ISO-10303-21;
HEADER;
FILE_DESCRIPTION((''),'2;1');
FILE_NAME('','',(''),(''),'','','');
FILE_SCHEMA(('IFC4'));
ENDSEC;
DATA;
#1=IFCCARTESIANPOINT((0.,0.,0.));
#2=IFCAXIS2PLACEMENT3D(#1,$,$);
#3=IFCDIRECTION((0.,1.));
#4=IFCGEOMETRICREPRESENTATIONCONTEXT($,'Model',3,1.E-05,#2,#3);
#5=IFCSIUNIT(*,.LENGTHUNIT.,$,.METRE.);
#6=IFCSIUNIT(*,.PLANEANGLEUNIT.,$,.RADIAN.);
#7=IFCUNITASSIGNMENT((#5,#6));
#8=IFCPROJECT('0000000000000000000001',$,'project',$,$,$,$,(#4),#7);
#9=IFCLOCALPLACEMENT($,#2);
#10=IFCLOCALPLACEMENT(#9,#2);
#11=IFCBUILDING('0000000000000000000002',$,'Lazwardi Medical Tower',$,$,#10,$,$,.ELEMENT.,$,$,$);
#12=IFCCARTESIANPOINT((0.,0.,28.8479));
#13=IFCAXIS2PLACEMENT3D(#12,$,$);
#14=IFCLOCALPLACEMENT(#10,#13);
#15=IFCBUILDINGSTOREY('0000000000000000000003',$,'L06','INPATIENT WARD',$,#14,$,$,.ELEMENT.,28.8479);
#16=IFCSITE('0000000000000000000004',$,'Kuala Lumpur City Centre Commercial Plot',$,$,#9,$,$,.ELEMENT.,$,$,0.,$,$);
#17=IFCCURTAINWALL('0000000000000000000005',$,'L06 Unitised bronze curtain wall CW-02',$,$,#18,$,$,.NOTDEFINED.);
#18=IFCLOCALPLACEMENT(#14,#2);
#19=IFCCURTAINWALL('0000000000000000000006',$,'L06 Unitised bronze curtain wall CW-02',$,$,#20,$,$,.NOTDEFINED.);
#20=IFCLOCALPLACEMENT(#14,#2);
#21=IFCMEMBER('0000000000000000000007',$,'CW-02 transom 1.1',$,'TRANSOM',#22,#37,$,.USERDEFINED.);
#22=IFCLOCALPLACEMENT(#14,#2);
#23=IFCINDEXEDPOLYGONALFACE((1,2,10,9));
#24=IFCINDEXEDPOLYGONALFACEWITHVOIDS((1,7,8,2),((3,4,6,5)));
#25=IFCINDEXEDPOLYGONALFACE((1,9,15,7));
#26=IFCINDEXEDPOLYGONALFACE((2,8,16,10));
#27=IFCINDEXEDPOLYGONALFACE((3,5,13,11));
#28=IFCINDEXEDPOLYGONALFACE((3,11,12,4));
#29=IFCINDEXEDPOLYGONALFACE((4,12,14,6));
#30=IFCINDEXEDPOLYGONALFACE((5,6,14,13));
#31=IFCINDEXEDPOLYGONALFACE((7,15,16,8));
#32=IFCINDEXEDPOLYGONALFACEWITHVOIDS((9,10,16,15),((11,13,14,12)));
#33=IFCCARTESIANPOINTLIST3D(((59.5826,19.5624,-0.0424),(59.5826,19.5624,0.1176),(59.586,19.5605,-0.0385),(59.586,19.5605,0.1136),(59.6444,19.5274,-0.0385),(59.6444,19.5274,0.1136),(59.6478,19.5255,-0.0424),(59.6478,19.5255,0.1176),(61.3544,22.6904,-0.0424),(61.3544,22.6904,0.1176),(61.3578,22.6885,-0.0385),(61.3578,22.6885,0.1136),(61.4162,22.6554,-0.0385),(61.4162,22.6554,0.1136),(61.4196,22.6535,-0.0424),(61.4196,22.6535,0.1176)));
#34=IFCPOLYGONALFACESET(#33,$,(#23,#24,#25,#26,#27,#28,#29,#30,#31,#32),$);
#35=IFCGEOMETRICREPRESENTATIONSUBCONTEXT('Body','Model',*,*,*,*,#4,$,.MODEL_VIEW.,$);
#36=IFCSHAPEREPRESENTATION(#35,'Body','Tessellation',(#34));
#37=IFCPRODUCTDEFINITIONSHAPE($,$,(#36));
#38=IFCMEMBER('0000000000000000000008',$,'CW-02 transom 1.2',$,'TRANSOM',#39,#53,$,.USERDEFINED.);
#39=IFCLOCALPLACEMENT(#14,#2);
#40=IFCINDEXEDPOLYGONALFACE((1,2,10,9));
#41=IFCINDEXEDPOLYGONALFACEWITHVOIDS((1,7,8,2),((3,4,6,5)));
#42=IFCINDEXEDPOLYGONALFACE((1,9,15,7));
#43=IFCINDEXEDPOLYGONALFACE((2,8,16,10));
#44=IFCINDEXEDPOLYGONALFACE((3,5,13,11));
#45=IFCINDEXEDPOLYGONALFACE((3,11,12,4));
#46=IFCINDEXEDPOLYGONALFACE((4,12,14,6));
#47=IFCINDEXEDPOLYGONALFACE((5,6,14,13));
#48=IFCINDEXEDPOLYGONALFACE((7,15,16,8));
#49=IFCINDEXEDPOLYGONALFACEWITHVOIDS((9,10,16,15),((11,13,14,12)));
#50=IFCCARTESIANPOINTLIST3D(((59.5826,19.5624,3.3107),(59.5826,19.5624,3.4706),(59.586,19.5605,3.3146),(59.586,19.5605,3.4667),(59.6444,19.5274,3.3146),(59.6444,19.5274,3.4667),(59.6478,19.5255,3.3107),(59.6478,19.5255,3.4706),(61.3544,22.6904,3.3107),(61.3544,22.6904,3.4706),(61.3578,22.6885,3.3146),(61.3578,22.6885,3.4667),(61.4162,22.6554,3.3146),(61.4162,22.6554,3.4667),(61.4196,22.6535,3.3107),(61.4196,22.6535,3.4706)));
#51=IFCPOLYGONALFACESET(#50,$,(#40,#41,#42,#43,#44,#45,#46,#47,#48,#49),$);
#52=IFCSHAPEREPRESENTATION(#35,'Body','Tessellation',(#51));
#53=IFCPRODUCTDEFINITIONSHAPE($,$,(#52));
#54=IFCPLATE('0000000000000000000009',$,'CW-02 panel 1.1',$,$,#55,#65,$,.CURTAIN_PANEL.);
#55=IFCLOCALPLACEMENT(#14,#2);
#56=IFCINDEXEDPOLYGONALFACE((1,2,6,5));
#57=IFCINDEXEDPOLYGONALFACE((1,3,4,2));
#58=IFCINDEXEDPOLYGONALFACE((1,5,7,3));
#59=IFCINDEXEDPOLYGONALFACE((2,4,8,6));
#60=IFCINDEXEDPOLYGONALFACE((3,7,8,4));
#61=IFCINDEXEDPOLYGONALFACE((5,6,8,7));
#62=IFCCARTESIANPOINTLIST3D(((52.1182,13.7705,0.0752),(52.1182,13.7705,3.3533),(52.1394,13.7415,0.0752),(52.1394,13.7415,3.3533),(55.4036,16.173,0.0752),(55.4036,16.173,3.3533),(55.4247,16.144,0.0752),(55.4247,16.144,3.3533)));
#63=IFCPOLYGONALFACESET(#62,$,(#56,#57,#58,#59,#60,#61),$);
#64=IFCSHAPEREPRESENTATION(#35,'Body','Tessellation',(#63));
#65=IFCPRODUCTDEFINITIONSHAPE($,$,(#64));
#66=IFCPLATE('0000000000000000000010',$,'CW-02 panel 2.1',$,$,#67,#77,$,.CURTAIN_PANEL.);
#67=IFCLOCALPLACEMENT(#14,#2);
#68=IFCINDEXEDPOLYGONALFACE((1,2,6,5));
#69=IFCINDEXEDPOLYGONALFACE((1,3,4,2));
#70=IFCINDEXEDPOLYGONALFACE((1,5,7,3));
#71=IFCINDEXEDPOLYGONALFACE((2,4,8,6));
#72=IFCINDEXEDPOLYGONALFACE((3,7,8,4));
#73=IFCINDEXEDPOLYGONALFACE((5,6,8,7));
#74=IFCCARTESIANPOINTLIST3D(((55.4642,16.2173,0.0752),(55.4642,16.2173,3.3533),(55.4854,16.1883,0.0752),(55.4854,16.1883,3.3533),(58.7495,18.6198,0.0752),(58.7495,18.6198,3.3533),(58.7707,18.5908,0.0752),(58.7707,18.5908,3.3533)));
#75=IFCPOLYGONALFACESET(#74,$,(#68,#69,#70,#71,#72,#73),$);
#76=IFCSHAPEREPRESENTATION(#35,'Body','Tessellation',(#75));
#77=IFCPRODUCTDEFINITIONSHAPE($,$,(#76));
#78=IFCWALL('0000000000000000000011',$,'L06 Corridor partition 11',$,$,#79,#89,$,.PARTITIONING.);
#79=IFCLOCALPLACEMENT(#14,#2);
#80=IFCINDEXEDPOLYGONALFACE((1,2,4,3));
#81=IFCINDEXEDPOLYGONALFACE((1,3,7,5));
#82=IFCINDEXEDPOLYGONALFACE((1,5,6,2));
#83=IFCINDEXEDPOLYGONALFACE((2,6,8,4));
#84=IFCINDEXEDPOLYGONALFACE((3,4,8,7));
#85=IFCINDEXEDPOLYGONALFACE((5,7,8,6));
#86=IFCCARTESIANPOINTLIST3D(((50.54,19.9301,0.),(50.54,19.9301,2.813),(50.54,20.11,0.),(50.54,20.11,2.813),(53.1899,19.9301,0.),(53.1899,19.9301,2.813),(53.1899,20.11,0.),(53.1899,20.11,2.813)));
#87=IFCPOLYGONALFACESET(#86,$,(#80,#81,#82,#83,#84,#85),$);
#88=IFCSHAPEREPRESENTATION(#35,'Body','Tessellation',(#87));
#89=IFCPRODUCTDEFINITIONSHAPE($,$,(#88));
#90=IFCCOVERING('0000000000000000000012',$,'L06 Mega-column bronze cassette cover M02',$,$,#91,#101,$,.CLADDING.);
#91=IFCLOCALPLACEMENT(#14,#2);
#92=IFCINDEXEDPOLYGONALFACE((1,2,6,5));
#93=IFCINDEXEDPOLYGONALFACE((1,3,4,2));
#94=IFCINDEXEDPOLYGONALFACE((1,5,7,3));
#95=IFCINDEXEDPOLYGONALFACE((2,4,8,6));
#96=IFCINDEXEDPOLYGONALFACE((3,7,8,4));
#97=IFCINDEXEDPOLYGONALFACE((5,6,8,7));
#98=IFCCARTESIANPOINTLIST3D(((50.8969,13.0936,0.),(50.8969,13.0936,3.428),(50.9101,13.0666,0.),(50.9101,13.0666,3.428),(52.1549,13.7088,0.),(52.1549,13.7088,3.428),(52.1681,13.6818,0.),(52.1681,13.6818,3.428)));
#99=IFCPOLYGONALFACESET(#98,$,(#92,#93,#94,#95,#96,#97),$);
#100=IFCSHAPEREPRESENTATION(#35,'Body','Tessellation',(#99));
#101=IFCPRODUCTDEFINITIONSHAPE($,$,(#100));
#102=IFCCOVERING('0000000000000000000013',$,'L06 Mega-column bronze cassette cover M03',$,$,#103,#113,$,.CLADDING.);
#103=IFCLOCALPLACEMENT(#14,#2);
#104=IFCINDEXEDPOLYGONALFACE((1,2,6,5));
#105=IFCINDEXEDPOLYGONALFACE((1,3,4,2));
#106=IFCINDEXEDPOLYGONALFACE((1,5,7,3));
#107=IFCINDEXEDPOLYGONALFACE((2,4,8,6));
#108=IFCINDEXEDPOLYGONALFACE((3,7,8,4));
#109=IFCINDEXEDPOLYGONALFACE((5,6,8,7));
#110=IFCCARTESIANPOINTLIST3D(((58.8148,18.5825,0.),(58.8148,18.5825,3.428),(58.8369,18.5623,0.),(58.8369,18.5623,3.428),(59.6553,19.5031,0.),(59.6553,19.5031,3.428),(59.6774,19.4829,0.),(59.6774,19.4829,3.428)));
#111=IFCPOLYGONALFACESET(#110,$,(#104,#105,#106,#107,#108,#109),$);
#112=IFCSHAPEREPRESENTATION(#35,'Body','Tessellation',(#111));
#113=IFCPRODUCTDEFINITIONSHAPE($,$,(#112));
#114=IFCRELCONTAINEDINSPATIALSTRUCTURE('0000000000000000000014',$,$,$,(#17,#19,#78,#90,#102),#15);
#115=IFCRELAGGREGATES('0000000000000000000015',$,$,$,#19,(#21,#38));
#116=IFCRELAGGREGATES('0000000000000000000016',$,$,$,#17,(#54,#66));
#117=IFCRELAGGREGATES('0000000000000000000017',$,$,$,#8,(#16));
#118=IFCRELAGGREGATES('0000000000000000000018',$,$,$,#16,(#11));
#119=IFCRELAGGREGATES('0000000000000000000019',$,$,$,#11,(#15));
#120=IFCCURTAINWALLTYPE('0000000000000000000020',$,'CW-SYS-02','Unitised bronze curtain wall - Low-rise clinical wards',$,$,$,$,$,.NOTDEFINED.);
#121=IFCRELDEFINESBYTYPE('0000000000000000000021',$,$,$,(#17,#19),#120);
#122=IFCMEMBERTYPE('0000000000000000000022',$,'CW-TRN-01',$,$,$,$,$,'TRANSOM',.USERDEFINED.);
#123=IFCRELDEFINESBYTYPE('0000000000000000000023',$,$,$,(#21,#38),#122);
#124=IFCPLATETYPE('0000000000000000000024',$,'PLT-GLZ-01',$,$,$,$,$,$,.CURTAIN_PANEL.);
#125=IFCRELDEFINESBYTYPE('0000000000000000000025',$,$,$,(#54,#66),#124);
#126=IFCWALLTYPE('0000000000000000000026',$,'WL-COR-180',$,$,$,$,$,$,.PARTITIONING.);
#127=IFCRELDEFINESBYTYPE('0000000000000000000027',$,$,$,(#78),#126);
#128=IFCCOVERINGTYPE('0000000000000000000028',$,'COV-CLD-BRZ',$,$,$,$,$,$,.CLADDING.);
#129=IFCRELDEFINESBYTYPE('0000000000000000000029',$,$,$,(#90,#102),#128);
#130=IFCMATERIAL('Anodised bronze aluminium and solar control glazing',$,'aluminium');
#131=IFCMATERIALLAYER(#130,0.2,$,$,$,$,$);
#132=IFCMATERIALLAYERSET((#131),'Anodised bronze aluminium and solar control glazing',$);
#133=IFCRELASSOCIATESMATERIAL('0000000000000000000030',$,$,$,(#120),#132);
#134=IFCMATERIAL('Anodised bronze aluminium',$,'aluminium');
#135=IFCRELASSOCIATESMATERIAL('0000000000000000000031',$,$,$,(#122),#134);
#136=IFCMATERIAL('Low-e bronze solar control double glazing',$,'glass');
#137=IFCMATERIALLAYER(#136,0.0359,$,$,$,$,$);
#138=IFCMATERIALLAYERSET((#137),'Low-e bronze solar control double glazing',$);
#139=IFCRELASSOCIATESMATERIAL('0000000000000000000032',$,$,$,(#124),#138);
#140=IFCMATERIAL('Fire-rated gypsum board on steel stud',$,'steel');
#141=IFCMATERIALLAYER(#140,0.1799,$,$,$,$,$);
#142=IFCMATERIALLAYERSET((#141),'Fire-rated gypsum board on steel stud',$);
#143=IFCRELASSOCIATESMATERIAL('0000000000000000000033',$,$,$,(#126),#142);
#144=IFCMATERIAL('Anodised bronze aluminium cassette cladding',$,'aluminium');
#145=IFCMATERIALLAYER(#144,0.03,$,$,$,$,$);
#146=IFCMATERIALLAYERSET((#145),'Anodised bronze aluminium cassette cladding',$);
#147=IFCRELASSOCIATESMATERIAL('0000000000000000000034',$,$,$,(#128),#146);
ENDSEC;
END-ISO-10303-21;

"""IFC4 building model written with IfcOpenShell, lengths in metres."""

from ifc_helpers import new_model, si_unit, direction, frame, frame_2d, origin, origin_2d, place, context, subcontext, project, spatial, rectangle, hollow_rectangle, extrude, material, layer, layer_set, material_profile, profile_set, type_object, element, aggregate, save


model = new_model("IFC4")

# Units and contexts
model_context = context("Model", 3, precision=1e-05, world=origin(), true_north=direction((0.0, 1.0)))
body_context = subcontext(model_context, "Body", "Model", "MODEL_VIEW")
ifc_project = project(units=[si_unit("LENGTHUNIT", "METRE"), si_unit("PLANEANGLEUNIT", "RADIAN")], contexts=[model_context])

# Site, building, storey
site_placement = place(None, origin())
site = spatial("IfcSite", under=ifc_project, at=site_placement, Name="Kuala Lumpur City Centre Commercial Plot", CompositionType="ELEMENT", RefElevation=0.0)
building_placement = place(site_placement, origin())
building = spatial("IfcBuilding", under=site, at=building_placement, Name="Lazwardi Medical Tower", CompositionType="ELEMENT")
storey_placement = place(building_placement, frame((0.0, 0.0, 28.8479)))
storey = spatial("IfcBuildingStorey", under=building, at=storey_placement, Name="L06", Description="INPATIENT WARD", CompositionType="ELEMENT", Elevation=28.8479)

# Shared definitions
ifc_material_1 = material(Name="Anodised bronze aluminium and solar control glazing", Category="aluminium")
ifc_layer_1 = layer(ifc_material_1, 0.2)
ifc_layer_set_1 = layer_set([ifc_layer_1], Name="Anodised bronze aluminium and solar control glazing")
curtain_wall_type = type_object("IfcCurtainWallType", Name="CW-SYS-02", Description="Unitised bronze curtain wall - Low-rise clinical wards", PredefinedType="NOTDEFINED", material=ifc_layer_set_1)
ifc_material_2 = material(Name="Anodised bronze aluminium", Category="aluminium")

# Curtain wall
curtain_wall_1_placement = place(storey_placement, origin())
curtain_wall_1 = element("IfcCurtainWall", 1, at=curtain_wall_1_placement, inside=storey, type_object=curtain_wall_type, Name="L06 Unitised bronze curtain wall CW-02", PredefinedType="NOTDEFINED")

# Curtain wall
curtain_wall_2_placement = place(storey_placement, origin())
curtain_wall_2 = element("IfcCurtainWall", 2, at=curtain_wall_2_placement, inside=storey, type_object=curtain_wall_type, Name="L06 Unitised bronze curtain wall CW-02", PredefinedType="NOTDEFINED")

# Members
ifc_material_profile_1 = material_profile(ifc_material_2, hollow_rectangle(XDim=0.075, YDim=0.1599, WallThickness=0.0039, at=origin_2d()), Name="ALU-TRANSOM 160x75x4")
ifc_profile_set_1 = profile_set([ifc_material_profile_1], Name="Anodised bronze aluminium")
member_type_1 = type_object("IfcMemberType", Name="CW-TRN-01", ElementType="TRANSOM", PredefinedType="USERDEFINED", material=ifc_profile_set_1)
member_1_placement = place(storey_placement, frame((59.6152, 19.5439, 0.0376), z_axis=(0.492851, 0.870113, 0.0), x_axis=(-0.870113, 0.492851, 0.0)))
member_1 = element("IfcMember", 3, at=member_1_placement, type_object=member_type_1, Name="CW-02 transom 1.1", ObjectType="TRANSOM", PredefinedType="USERDEFINED", context=body_context, shape_type="SweptSolid", body=[
    extrude(hollow_rectangle(XDim=0.075, YDim=0.1599, WallThickness=0.0039, at=origin_2d()), origin(), (0.0, 0.0, 1.0), 3.595),
])
member_2_placement = place(storey_placement, frame((59.6152, 19.5439, 3.3906), z_axis=(0.492851, 0.870113, 0.0), x_axis=(-0.870113, 0.492851, 0.0)))
member_2 = element("IfcMember", 4, at=member_2_placement, type_object=member_type_1, Name="CW-02 transom 1.2", ObjectType="TRANSOM", PredefinedType="USERDEFINED", context=body_context, shape_type="SweptSolid", body=[
    extrude(hollow_rectangle(XDim=0.075, YDim=0.1599, WallThickness=0.0039, at=origin_2d()), origin(), (0.0, 0.0, 1.0), 3.595),
])
aggregate(curtain_wall_2, [member_1, member_2])

# Plates
ifc_material_3 = material(Name="Low-e bronze solar control double glazing", Category="glass")
ifc_layer_2 = layer(ifc_material_3, 0.0359)
ifc_layer_set_2 = layer_set([ifc_layer_2], Name="Low-e bronze solar control double glazing")
plate_type = type_object("IfcPlateType", Name="PLT-GLZ-01", PredefinedType="CURTAIN_PANEL", material=ifc_layer_set_2)
plate_1_placement = place(storey_placement, frame((53.7715, 14.9573, 0.0752), z_axis=(0.0, 0.0, 1.0), x_axis=(0.807192, 0.590289, 0.0)))
plate_1 = element("IfcPlate", 5, at=plate_1_placement, type_object=plate_type, Name="CW-02 panel 1.1", PredefinedType="CURTAIN_PANEL", context=body_context, shape_type="SweptSolid", body=[
    extrude(rectangle(XDim=4.0701, YDim=0.0359, at=origin_2d()), origin(), (0.0, 0.0, 1.0), 3.2781),
])
plate_2_placement = place(storey_placement, frame((57.1174, 17.4041, 0.0752), z_axis=(0.0, 0.0, 1.0), x_axis=(0.807192, 0.590289, 0.0)))
plate_2 = element("IfcPlate", 6, at=plate_2_placement, type_object=plate_type, Name="CW-02 panel 2.1", PredefinedType="CURTAIN_PANEL", context=body_context, shape_type="SweptSolid", body=[
    extrude(rectangle(XDim=4.0701, YDim=0.0359, at=origin_2d()), origin(), (0.0, 0.0, 1.0), 3.2781),
])
aggregate(curtain_wall_1, [plate_1, plate_2])

# Wall
ifc_material_4 = material(Name="Fire-rated gypsum board on steel stud", Category="steel")
ifc_layer_3 = layer(ifc_material_4, 0.1799)
ifc_layer_set_3 = layer_set([ifc_layer_3], Name="Fire-rated gypsum board on steel stud")
wall_type = type_object("IfcWallType", Name="WL-COR-180", PredefinedType="PARTITIONING", material=ifc_layer_set_3)
wall_placement = place(storey_placement, frame((53.1899, 20.02, 0.0), z_axis=(0.0, 0.0, 1.0), x_axis=(-1.0, 0.0, 0.0)))
element("IfcWall", 7, at=wall_placement, inside=storey, type_object=wall_type, Name="L06 Corridor partition 11", PredefinedType="PARTITIONING", context=body_context, shape_type="SweptSolid", body=[
    extrude(rectangle(XDim=2.6499, YDim=0.1799, at=frame_2d((1.325, 0.0))), origin(), (0.0, 0.0, 1.0), 2.813),
])

# Coverings
ifc_material_5 = material(Name="Anodised bronze aluminium cassette cladding", Category="aluminium")
ifc_layer_4 = layer(ifc_material_5, 0.03)
ifc_layer_set_4 = layer_set([ifc_layer_4], Name="Anodised bronze aluminium cassette cladding")
covering_type = type_object("IfcCoveringType", Name="COV-CLD-BRZ", PredefinedType="CLADDING", material=ifc_layer_set_4)
covering_1_placement = place(storey_placement, frame((51.5325, 13.3877, 0.0), z_axis=(0.0, 0.0, 1.0), x_axis=(0.898334, 0.439312, 0.0)))
element("IfcCovering", 8, at=covering_1_placement, inside=storey, type_object=covering_type, Name="L06 Mega-column bronze cassette cover M02", PredefinedType="CLADDING", context=body_context, shape_type="SweptSolid", body=[
    extrude(rectangle(XDim=1.4004, YDim=0.03, at=origin_2d()), origin(), (0.0, 0.0, 1.0), 3.428),
])
covering_2_placement = place(storey_placement, frame((59.2461, 19.0327, 0.0), z_axis=(0.0, 0.0, 1.0), x_axis=(0.674252, 0.738501, 0.0)))
element("IfcCovering", 9, at=covering_2_placement, inside=storey, type_object=covering_type, Name="L06 Mega-column bronze cassette cover M03", PredefinedType="CLADDING", context=body_context, shape_type="SweptSolid", body=[
    extrude(rectangle(XDim=1.2466, YDim=0.03, at=origin_2d()), origin(), (0.0, 0.0, 1.0), 3.428),
])

save(model, "model.ifc")
